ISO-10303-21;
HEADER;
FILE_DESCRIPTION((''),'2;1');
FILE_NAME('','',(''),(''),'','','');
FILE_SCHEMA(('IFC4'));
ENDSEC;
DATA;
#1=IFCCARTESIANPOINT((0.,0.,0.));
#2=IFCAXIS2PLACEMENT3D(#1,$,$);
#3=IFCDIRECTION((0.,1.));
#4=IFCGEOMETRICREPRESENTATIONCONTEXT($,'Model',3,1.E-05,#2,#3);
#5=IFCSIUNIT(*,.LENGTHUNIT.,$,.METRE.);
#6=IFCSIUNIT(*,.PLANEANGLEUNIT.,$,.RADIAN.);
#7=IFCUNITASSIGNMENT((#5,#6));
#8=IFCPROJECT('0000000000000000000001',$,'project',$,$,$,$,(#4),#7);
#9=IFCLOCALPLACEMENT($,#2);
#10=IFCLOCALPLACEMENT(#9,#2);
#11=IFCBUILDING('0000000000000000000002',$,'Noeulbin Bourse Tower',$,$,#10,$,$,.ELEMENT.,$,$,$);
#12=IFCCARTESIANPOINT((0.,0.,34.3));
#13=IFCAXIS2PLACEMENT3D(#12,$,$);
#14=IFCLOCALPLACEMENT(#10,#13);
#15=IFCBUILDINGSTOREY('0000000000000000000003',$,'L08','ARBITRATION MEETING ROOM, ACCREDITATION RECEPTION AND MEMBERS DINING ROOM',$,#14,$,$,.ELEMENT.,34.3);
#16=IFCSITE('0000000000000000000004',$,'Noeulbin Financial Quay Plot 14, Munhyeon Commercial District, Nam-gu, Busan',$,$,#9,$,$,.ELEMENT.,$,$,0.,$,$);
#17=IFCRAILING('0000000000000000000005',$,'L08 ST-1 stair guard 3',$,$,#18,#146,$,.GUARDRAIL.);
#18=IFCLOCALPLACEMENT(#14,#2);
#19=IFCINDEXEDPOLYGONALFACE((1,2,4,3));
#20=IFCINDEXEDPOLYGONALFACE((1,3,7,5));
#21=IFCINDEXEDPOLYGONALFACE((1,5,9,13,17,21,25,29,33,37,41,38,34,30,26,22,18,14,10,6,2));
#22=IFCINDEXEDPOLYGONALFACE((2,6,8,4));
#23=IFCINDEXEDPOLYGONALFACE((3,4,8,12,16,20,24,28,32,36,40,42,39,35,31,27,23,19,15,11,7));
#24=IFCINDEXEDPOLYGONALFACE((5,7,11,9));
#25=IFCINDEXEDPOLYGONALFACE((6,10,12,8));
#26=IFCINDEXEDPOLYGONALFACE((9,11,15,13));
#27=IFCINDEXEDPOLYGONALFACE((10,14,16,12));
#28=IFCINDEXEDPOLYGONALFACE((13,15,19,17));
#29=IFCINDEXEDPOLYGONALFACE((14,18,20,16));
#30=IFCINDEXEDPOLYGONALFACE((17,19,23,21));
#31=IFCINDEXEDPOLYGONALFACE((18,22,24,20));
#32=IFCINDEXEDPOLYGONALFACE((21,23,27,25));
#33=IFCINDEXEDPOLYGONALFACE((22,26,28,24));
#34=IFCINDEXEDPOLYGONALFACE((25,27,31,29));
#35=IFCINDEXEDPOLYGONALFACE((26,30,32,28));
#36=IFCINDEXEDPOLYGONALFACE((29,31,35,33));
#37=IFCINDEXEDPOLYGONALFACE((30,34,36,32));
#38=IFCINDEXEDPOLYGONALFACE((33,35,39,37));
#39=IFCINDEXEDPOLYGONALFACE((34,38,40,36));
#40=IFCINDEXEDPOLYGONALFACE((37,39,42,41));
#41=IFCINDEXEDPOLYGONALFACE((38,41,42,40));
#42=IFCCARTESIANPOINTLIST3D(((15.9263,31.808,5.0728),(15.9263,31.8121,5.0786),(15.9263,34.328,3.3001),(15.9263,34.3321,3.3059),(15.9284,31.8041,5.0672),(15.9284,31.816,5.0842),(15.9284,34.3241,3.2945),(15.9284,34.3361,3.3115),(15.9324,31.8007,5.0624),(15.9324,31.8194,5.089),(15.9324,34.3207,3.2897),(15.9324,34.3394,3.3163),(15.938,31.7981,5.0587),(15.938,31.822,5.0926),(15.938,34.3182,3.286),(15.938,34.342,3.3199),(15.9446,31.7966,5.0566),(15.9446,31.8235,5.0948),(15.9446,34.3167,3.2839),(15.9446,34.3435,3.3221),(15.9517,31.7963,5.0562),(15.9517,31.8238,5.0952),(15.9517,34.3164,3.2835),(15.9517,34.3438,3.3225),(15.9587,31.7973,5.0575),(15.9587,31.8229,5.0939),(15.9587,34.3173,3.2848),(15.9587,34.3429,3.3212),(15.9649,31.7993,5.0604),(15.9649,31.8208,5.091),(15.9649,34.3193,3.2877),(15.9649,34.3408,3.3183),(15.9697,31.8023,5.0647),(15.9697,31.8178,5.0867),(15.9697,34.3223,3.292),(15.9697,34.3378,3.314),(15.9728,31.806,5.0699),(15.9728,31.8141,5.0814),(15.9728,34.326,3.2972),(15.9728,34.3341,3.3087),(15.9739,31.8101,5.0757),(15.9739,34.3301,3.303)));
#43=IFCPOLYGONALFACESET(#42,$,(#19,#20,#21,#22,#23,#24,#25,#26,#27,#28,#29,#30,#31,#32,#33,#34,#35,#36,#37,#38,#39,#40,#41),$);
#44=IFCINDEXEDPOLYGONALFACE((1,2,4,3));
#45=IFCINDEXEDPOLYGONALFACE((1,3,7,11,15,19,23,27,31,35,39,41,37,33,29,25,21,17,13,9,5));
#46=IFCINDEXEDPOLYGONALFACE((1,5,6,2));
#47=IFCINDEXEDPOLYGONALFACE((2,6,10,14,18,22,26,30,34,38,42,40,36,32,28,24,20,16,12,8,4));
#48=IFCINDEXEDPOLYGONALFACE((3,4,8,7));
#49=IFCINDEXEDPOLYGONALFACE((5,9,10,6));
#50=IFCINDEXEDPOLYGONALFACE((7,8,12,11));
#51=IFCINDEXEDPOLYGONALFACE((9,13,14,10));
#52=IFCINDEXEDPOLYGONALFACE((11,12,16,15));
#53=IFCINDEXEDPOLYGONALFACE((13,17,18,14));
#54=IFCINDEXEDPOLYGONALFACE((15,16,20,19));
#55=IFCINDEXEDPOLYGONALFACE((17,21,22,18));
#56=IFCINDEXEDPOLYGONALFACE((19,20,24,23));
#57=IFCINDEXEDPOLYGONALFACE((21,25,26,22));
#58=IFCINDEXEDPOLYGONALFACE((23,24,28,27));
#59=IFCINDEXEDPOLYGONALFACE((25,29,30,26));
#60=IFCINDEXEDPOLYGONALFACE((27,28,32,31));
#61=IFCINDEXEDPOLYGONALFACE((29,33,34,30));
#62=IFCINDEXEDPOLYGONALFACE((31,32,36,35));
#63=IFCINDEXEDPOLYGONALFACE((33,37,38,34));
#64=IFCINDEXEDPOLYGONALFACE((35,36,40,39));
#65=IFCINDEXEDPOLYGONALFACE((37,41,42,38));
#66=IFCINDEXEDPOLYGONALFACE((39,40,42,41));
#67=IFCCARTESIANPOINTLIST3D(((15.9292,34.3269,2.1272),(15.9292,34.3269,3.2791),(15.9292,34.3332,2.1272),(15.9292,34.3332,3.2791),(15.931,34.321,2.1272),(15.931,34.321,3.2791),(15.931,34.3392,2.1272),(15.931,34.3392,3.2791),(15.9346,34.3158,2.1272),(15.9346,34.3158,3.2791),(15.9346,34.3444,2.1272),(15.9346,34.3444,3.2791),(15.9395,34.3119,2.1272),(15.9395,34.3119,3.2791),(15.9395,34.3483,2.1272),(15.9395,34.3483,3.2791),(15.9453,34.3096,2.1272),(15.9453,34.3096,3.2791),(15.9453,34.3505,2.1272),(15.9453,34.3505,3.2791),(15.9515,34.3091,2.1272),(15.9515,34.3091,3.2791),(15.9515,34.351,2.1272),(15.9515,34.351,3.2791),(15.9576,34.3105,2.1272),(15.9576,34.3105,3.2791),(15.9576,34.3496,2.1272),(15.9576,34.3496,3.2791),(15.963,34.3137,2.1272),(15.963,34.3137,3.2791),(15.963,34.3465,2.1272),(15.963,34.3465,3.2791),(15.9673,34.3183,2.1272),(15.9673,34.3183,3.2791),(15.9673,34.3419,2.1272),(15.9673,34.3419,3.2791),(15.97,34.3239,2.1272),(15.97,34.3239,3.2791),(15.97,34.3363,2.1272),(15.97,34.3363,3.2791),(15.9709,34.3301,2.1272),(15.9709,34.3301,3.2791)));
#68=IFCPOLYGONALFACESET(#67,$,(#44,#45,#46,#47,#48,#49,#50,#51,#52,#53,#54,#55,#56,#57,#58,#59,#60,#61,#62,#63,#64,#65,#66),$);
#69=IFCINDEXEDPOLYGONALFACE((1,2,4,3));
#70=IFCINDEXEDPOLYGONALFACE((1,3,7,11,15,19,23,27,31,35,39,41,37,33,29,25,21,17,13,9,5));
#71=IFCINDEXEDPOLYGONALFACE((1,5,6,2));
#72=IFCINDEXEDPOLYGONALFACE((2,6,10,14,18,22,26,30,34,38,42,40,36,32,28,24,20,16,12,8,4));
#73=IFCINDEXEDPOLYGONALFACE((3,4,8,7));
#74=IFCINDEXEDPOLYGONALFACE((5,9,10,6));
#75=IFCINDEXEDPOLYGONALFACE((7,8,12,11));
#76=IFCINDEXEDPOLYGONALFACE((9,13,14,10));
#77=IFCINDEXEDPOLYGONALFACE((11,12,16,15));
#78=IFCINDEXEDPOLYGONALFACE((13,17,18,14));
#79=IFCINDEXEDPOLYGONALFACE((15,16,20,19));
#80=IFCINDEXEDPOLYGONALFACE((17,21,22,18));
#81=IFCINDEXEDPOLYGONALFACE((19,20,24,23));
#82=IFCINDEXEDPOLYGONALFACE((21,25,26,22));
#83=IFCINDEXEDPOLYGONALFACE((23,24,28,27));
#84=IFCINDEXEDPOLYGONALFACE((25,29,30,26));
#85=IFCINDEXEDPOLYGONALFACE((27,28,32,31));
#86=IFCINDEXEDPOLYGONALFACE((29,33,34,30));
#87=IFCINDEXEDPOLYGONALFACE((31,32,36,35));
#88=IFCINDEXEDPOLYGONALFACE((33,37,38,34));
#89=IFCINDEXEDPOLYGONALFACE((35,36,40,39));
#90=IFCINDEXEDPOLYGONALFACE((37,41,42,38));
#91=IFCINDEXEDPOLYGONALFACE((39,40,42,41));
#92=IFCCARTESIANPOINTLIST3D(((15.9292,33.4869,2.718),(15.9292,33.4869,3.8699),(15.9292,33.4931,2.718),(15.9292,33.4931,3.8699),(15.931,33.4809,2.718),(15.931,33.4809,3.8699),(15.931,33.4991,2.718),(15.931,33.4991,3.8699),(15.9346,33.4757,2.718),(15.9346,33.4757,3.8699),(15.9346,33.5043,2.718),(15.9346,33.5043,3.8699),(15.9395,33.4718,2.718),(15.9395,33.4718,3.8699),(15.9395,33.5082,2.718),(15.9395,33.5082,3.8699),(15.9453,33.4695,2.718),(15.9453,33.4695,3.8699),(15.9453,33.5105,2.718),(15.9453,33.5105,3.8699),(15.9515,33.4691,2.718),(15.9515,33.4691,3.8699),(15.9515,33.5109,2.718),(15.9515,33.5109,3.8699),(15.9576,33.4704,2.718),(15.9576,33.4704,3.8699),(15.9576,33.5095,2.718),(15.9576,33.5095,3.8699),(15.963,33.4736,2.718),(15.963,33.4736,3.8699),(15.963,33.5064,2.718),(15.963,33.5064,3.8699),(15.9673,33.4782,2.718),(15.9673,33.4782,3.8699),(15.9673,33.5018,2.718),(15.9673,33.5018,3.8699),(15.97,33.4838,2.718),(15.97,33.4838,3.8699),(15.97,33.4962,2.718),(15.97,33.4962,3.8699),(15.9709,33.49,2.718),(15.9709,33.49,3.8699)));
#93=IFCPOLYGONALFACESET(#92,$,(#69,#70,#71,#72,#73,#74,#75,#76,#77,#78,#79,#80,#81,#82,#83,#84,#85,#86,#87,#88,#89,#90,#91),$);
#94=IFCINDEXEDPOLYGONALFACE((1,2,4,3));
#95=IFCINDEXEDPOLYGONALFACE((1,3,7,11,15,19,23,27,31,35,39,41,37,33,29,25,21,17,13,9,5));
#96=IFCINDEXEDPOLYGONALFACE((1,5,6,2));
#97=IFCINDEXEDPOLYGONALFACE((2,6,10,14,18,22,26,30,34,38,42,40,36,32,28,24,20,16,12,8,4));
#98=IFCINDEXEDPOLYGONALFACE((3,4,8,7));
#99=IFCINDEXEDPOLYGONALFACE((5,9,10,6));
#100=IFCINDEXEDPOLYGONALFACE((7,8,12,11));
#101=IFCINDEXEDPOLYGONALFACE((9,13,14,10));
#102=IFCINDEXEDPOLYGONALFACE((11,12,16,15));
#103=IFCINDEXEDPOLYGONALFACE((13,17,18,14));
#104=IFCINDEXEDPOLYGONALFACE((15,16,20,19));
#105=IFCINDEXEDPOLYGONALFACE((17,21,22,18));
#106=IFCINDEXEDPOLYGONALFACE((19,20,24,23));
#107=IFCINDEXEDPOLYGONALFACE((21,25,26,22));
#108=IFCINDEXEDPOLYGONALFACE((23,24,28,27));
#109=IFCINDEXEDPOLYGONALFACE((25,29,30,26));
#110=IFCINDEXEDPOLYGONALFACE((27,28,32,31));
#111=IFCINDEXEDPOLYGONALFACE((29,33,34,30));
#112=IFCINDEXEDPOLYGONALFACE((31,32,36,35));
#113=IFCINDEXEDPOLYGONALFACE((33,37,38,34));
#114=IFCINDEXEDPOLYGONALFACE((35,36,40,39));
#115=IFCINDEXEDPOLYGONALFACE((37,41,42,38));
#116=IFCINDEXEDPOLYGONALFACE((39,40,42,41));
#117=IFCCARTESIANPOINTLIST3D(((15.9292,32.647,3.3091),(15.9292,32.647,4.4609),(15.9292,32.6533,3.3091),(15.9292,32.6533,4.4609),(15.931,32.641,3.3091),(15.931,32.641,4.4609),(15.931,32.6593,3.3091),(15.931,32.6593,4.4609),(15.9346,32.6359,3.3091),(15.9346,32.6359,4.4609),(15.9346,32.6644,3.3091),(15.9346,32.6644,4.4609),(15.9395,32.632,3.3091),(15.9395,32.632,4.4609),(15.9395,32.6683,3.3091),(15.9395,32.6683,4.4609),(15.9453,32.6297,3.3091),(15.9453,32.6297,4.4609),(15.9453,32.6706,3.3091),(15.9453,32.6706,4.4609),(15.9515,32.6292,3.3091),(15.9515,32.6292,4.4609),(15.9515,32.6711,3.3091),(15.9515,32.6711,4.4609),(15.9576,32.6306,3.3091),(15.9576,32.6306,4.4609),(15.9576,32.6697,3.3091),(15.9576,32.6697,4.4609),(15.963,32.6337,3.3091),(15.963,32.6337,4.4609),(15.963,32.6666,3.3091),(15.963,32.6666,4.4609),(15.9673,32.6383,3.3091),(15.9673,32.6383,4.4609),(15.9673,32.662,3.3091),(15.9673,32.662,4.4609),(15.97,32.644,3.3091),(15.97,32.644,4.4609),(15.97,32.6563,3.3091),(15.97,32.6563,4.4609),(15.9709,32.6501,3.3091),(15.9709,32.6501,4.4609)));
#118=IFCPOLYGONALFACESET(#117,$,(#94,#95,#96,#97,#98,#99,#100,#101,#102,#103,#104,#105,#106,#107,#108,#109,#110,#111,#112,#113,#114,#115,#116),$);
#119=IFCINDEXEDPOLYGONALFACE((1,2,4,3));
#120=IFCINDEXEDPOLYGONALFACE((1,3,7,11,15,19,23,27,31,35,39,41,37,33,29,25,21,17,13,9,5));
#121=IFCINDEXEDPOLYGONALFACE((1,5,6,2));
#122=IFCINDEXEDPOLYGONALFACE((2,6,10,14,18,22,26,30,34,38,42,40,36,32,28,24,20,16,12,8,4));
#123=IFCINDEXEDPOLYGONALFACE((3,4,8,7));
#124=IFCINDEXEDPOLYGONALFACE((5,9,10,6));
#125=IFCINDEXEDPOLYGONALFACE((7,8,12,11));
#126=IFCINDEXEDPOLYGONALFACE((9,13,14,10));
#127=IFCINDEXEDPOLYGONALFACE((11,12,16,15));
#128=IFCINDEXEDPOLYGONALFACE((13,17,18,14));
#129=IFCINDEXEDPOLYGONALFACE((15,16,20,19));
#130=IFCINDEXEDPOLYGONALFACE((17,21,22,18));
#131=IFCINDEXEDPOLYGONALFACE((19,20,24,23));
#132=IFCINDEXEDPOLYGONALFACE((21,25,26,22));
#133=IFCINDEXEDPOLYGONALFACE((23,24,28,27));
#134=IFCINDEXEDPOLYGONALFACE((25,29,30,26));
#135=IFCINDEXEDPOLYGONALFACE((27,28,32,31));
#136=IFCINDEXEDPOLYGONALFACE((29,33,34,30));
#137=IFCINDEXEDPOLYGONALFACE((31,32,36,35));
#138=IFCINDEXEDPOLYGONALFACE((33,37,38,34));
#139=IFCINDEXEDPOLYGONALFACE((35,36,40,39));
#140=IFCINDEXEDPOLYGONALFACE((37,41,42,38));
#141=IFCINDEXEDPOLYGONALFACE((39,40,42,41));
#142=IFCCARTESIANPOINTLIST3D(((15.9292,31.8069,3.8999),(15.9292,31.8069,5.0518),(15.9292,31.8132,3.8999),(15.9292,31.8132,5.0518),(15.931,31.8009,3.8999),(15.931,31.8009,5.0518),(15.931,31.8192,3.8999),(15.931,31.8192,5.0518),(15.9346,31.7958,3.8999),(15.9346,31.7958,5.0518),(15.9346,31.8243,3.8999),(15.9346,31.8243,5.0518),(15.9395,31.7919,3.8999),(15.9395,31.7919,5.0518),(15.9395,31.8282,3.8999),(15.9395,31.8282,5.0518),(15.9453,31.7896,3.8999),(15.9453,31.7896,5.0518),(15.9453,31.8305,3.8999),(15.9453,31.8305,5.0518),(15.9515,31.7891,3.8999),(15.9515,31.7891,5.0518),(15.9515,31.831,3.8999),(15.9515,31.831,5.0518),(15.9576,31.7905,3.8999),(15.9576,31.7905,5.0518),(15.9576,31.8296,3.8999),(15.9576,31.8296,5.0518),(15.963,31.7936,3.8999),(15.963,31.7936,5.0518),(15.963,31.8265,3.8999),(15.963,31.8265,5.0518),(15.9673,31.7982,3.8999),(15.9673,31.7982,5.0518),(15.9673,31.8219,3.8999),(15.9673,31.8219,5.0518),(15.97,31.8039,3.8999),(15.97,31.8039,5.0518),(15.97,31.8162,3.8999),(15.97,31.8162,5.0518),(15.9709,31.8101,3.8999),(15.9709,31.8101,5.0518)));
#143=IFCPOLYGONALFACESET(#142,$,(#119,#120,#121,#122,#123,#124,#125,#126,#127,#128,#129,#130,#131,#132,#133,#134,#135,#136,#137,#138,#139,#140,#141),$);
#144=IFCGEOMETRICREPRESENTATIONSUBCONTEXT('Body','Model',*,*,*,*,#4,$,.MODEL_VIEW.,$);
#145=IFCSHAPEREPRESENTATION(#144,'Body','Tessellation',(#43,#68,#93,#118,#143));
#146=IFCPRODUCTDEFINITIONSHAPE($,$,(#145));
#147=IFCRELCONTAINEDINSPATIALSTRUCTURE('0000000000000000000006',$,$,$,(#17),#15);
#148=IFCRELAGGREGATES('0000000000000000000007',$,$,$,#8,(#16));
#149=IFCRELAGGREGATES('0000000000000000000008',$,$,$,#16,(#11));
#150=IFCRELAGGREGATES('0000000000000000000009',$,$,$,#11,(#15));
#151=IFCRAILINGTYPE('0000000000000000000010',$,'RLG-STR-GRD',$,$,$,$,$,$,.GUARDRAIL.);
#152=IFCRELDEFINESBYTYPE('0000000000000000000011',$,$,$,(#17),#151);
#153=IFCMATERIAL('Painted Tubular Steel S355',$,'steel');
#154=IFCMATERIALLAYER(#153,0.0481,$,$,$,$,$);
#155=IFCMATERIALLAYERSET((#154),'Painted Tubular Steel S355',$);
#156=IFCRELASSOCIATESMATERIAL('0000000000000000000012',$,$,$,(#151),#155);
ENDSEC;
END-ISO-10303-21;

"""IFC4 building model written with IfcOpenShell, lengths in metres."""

from ifc_helpers import new_model, si_unit, direction, frame, origin, origin_2d, place, context, subcontext, project, spatial, circle, extrude, material, layer, layer_set, type_object, element, save


model = new_model("IFC4")

# Units and contexts
model_context = context("Model", 3, precision=1e-05, world=origin(), true_north=direction((0.0, 1.0)))
body_context = subcontext(model_context, "Body", "Model", "MODEL_VIEW")
ifc_project = project(units=[si_unit("LENGTHUNIT", "METRE"), si_unit("PLANEANGLEUNIT", "RADIAN")], contexts=[model_context])

# Site, building, storey
site_placement = place(None, origin())
site = spatial("IfcSite", under=ifc_project, at=site_placement, Name="Noeulbin Financial Quay Plot 14, Munhyeon Commercial District, Nam-gu, Busan", CompositionType="ELEMENT", RefElevation=0.0)
building_placement = place(site_placement, origin())
building = spatial("IfcBuilding", under=site, at=building_placement, Name="Noeulbin Bourse Tower", CompositionType="ELEMENT")
storey_placement = place(building_placement, frame((0.0, 0.0, 34.3)))
storey = spatial("IfcBuildingStorey", under=building, at=storey_placement, Name="L08", Description="ARBITRATION MEETING ROOM, ACCREDITATION RECEPTION AND MEMBERS DINING ROOM", CompositionType="ELEMENT", Elevation=34.3)

# Railing
ifc_material_1 = material(Name="Painted Tubular Steel S355", Category="steel")
ifc_layer_1 = layer(ifc_material_1, 0.0481)
ifc_layer_set_1 = layer_set([ifc_layer_1], Name="Painted Tubular Steel S355")
railing_type_1 = type_object("IfcRailingType", Name="RLG-STR-GRD", PredefinedType="GUARDRAIL", material=ifc_layer_set_1)
railing_1_placement = place(storey_placement, frame((15.95, 34.3301, 2.1272)))
element("IfcRailing", 1, at=railing_1_placement, inside=storey, type_object=railing_type_1, Name="L08 ST-1 stair guard 3", PredefinedType="GUARDRAIL", context=body_context, shape_type="SweptSolid", body=[
    extrude(circle(Radius=0.0239, at=origin_2d()), frame((0.0, 0.0, 1.1758), z_axis=(0.0, -0.817904, 0.575354), x_axis=(1.0, 0.0, 0.0)), (0.0, 0.0, 1.0), 3.0811),
    extrude(circle(Radius=0.021, at=origin_2d()), origin(), (0.0, 0.0, 1.0), 1.1519),
    extrude(circle(Radius=0.021, at=origin_2d()), frame((0.0, -0.8401, 0.5908)), (0.0, 0.0, 1.0), 1.1519),
    extrude(circle(Radius=0.021, at=origin_2d()), frame((0.0, -1.6799, 1.1819)), (0.0, 0.0, 1.0), 1.1519),
    extrude(circle(Radius=0.021, at=origin_2d()), frame((0.0, -2.52, 1.7727)), (0.0, 0.0, 1.0), 1.1519),
])

save(model, "model.ifc")
